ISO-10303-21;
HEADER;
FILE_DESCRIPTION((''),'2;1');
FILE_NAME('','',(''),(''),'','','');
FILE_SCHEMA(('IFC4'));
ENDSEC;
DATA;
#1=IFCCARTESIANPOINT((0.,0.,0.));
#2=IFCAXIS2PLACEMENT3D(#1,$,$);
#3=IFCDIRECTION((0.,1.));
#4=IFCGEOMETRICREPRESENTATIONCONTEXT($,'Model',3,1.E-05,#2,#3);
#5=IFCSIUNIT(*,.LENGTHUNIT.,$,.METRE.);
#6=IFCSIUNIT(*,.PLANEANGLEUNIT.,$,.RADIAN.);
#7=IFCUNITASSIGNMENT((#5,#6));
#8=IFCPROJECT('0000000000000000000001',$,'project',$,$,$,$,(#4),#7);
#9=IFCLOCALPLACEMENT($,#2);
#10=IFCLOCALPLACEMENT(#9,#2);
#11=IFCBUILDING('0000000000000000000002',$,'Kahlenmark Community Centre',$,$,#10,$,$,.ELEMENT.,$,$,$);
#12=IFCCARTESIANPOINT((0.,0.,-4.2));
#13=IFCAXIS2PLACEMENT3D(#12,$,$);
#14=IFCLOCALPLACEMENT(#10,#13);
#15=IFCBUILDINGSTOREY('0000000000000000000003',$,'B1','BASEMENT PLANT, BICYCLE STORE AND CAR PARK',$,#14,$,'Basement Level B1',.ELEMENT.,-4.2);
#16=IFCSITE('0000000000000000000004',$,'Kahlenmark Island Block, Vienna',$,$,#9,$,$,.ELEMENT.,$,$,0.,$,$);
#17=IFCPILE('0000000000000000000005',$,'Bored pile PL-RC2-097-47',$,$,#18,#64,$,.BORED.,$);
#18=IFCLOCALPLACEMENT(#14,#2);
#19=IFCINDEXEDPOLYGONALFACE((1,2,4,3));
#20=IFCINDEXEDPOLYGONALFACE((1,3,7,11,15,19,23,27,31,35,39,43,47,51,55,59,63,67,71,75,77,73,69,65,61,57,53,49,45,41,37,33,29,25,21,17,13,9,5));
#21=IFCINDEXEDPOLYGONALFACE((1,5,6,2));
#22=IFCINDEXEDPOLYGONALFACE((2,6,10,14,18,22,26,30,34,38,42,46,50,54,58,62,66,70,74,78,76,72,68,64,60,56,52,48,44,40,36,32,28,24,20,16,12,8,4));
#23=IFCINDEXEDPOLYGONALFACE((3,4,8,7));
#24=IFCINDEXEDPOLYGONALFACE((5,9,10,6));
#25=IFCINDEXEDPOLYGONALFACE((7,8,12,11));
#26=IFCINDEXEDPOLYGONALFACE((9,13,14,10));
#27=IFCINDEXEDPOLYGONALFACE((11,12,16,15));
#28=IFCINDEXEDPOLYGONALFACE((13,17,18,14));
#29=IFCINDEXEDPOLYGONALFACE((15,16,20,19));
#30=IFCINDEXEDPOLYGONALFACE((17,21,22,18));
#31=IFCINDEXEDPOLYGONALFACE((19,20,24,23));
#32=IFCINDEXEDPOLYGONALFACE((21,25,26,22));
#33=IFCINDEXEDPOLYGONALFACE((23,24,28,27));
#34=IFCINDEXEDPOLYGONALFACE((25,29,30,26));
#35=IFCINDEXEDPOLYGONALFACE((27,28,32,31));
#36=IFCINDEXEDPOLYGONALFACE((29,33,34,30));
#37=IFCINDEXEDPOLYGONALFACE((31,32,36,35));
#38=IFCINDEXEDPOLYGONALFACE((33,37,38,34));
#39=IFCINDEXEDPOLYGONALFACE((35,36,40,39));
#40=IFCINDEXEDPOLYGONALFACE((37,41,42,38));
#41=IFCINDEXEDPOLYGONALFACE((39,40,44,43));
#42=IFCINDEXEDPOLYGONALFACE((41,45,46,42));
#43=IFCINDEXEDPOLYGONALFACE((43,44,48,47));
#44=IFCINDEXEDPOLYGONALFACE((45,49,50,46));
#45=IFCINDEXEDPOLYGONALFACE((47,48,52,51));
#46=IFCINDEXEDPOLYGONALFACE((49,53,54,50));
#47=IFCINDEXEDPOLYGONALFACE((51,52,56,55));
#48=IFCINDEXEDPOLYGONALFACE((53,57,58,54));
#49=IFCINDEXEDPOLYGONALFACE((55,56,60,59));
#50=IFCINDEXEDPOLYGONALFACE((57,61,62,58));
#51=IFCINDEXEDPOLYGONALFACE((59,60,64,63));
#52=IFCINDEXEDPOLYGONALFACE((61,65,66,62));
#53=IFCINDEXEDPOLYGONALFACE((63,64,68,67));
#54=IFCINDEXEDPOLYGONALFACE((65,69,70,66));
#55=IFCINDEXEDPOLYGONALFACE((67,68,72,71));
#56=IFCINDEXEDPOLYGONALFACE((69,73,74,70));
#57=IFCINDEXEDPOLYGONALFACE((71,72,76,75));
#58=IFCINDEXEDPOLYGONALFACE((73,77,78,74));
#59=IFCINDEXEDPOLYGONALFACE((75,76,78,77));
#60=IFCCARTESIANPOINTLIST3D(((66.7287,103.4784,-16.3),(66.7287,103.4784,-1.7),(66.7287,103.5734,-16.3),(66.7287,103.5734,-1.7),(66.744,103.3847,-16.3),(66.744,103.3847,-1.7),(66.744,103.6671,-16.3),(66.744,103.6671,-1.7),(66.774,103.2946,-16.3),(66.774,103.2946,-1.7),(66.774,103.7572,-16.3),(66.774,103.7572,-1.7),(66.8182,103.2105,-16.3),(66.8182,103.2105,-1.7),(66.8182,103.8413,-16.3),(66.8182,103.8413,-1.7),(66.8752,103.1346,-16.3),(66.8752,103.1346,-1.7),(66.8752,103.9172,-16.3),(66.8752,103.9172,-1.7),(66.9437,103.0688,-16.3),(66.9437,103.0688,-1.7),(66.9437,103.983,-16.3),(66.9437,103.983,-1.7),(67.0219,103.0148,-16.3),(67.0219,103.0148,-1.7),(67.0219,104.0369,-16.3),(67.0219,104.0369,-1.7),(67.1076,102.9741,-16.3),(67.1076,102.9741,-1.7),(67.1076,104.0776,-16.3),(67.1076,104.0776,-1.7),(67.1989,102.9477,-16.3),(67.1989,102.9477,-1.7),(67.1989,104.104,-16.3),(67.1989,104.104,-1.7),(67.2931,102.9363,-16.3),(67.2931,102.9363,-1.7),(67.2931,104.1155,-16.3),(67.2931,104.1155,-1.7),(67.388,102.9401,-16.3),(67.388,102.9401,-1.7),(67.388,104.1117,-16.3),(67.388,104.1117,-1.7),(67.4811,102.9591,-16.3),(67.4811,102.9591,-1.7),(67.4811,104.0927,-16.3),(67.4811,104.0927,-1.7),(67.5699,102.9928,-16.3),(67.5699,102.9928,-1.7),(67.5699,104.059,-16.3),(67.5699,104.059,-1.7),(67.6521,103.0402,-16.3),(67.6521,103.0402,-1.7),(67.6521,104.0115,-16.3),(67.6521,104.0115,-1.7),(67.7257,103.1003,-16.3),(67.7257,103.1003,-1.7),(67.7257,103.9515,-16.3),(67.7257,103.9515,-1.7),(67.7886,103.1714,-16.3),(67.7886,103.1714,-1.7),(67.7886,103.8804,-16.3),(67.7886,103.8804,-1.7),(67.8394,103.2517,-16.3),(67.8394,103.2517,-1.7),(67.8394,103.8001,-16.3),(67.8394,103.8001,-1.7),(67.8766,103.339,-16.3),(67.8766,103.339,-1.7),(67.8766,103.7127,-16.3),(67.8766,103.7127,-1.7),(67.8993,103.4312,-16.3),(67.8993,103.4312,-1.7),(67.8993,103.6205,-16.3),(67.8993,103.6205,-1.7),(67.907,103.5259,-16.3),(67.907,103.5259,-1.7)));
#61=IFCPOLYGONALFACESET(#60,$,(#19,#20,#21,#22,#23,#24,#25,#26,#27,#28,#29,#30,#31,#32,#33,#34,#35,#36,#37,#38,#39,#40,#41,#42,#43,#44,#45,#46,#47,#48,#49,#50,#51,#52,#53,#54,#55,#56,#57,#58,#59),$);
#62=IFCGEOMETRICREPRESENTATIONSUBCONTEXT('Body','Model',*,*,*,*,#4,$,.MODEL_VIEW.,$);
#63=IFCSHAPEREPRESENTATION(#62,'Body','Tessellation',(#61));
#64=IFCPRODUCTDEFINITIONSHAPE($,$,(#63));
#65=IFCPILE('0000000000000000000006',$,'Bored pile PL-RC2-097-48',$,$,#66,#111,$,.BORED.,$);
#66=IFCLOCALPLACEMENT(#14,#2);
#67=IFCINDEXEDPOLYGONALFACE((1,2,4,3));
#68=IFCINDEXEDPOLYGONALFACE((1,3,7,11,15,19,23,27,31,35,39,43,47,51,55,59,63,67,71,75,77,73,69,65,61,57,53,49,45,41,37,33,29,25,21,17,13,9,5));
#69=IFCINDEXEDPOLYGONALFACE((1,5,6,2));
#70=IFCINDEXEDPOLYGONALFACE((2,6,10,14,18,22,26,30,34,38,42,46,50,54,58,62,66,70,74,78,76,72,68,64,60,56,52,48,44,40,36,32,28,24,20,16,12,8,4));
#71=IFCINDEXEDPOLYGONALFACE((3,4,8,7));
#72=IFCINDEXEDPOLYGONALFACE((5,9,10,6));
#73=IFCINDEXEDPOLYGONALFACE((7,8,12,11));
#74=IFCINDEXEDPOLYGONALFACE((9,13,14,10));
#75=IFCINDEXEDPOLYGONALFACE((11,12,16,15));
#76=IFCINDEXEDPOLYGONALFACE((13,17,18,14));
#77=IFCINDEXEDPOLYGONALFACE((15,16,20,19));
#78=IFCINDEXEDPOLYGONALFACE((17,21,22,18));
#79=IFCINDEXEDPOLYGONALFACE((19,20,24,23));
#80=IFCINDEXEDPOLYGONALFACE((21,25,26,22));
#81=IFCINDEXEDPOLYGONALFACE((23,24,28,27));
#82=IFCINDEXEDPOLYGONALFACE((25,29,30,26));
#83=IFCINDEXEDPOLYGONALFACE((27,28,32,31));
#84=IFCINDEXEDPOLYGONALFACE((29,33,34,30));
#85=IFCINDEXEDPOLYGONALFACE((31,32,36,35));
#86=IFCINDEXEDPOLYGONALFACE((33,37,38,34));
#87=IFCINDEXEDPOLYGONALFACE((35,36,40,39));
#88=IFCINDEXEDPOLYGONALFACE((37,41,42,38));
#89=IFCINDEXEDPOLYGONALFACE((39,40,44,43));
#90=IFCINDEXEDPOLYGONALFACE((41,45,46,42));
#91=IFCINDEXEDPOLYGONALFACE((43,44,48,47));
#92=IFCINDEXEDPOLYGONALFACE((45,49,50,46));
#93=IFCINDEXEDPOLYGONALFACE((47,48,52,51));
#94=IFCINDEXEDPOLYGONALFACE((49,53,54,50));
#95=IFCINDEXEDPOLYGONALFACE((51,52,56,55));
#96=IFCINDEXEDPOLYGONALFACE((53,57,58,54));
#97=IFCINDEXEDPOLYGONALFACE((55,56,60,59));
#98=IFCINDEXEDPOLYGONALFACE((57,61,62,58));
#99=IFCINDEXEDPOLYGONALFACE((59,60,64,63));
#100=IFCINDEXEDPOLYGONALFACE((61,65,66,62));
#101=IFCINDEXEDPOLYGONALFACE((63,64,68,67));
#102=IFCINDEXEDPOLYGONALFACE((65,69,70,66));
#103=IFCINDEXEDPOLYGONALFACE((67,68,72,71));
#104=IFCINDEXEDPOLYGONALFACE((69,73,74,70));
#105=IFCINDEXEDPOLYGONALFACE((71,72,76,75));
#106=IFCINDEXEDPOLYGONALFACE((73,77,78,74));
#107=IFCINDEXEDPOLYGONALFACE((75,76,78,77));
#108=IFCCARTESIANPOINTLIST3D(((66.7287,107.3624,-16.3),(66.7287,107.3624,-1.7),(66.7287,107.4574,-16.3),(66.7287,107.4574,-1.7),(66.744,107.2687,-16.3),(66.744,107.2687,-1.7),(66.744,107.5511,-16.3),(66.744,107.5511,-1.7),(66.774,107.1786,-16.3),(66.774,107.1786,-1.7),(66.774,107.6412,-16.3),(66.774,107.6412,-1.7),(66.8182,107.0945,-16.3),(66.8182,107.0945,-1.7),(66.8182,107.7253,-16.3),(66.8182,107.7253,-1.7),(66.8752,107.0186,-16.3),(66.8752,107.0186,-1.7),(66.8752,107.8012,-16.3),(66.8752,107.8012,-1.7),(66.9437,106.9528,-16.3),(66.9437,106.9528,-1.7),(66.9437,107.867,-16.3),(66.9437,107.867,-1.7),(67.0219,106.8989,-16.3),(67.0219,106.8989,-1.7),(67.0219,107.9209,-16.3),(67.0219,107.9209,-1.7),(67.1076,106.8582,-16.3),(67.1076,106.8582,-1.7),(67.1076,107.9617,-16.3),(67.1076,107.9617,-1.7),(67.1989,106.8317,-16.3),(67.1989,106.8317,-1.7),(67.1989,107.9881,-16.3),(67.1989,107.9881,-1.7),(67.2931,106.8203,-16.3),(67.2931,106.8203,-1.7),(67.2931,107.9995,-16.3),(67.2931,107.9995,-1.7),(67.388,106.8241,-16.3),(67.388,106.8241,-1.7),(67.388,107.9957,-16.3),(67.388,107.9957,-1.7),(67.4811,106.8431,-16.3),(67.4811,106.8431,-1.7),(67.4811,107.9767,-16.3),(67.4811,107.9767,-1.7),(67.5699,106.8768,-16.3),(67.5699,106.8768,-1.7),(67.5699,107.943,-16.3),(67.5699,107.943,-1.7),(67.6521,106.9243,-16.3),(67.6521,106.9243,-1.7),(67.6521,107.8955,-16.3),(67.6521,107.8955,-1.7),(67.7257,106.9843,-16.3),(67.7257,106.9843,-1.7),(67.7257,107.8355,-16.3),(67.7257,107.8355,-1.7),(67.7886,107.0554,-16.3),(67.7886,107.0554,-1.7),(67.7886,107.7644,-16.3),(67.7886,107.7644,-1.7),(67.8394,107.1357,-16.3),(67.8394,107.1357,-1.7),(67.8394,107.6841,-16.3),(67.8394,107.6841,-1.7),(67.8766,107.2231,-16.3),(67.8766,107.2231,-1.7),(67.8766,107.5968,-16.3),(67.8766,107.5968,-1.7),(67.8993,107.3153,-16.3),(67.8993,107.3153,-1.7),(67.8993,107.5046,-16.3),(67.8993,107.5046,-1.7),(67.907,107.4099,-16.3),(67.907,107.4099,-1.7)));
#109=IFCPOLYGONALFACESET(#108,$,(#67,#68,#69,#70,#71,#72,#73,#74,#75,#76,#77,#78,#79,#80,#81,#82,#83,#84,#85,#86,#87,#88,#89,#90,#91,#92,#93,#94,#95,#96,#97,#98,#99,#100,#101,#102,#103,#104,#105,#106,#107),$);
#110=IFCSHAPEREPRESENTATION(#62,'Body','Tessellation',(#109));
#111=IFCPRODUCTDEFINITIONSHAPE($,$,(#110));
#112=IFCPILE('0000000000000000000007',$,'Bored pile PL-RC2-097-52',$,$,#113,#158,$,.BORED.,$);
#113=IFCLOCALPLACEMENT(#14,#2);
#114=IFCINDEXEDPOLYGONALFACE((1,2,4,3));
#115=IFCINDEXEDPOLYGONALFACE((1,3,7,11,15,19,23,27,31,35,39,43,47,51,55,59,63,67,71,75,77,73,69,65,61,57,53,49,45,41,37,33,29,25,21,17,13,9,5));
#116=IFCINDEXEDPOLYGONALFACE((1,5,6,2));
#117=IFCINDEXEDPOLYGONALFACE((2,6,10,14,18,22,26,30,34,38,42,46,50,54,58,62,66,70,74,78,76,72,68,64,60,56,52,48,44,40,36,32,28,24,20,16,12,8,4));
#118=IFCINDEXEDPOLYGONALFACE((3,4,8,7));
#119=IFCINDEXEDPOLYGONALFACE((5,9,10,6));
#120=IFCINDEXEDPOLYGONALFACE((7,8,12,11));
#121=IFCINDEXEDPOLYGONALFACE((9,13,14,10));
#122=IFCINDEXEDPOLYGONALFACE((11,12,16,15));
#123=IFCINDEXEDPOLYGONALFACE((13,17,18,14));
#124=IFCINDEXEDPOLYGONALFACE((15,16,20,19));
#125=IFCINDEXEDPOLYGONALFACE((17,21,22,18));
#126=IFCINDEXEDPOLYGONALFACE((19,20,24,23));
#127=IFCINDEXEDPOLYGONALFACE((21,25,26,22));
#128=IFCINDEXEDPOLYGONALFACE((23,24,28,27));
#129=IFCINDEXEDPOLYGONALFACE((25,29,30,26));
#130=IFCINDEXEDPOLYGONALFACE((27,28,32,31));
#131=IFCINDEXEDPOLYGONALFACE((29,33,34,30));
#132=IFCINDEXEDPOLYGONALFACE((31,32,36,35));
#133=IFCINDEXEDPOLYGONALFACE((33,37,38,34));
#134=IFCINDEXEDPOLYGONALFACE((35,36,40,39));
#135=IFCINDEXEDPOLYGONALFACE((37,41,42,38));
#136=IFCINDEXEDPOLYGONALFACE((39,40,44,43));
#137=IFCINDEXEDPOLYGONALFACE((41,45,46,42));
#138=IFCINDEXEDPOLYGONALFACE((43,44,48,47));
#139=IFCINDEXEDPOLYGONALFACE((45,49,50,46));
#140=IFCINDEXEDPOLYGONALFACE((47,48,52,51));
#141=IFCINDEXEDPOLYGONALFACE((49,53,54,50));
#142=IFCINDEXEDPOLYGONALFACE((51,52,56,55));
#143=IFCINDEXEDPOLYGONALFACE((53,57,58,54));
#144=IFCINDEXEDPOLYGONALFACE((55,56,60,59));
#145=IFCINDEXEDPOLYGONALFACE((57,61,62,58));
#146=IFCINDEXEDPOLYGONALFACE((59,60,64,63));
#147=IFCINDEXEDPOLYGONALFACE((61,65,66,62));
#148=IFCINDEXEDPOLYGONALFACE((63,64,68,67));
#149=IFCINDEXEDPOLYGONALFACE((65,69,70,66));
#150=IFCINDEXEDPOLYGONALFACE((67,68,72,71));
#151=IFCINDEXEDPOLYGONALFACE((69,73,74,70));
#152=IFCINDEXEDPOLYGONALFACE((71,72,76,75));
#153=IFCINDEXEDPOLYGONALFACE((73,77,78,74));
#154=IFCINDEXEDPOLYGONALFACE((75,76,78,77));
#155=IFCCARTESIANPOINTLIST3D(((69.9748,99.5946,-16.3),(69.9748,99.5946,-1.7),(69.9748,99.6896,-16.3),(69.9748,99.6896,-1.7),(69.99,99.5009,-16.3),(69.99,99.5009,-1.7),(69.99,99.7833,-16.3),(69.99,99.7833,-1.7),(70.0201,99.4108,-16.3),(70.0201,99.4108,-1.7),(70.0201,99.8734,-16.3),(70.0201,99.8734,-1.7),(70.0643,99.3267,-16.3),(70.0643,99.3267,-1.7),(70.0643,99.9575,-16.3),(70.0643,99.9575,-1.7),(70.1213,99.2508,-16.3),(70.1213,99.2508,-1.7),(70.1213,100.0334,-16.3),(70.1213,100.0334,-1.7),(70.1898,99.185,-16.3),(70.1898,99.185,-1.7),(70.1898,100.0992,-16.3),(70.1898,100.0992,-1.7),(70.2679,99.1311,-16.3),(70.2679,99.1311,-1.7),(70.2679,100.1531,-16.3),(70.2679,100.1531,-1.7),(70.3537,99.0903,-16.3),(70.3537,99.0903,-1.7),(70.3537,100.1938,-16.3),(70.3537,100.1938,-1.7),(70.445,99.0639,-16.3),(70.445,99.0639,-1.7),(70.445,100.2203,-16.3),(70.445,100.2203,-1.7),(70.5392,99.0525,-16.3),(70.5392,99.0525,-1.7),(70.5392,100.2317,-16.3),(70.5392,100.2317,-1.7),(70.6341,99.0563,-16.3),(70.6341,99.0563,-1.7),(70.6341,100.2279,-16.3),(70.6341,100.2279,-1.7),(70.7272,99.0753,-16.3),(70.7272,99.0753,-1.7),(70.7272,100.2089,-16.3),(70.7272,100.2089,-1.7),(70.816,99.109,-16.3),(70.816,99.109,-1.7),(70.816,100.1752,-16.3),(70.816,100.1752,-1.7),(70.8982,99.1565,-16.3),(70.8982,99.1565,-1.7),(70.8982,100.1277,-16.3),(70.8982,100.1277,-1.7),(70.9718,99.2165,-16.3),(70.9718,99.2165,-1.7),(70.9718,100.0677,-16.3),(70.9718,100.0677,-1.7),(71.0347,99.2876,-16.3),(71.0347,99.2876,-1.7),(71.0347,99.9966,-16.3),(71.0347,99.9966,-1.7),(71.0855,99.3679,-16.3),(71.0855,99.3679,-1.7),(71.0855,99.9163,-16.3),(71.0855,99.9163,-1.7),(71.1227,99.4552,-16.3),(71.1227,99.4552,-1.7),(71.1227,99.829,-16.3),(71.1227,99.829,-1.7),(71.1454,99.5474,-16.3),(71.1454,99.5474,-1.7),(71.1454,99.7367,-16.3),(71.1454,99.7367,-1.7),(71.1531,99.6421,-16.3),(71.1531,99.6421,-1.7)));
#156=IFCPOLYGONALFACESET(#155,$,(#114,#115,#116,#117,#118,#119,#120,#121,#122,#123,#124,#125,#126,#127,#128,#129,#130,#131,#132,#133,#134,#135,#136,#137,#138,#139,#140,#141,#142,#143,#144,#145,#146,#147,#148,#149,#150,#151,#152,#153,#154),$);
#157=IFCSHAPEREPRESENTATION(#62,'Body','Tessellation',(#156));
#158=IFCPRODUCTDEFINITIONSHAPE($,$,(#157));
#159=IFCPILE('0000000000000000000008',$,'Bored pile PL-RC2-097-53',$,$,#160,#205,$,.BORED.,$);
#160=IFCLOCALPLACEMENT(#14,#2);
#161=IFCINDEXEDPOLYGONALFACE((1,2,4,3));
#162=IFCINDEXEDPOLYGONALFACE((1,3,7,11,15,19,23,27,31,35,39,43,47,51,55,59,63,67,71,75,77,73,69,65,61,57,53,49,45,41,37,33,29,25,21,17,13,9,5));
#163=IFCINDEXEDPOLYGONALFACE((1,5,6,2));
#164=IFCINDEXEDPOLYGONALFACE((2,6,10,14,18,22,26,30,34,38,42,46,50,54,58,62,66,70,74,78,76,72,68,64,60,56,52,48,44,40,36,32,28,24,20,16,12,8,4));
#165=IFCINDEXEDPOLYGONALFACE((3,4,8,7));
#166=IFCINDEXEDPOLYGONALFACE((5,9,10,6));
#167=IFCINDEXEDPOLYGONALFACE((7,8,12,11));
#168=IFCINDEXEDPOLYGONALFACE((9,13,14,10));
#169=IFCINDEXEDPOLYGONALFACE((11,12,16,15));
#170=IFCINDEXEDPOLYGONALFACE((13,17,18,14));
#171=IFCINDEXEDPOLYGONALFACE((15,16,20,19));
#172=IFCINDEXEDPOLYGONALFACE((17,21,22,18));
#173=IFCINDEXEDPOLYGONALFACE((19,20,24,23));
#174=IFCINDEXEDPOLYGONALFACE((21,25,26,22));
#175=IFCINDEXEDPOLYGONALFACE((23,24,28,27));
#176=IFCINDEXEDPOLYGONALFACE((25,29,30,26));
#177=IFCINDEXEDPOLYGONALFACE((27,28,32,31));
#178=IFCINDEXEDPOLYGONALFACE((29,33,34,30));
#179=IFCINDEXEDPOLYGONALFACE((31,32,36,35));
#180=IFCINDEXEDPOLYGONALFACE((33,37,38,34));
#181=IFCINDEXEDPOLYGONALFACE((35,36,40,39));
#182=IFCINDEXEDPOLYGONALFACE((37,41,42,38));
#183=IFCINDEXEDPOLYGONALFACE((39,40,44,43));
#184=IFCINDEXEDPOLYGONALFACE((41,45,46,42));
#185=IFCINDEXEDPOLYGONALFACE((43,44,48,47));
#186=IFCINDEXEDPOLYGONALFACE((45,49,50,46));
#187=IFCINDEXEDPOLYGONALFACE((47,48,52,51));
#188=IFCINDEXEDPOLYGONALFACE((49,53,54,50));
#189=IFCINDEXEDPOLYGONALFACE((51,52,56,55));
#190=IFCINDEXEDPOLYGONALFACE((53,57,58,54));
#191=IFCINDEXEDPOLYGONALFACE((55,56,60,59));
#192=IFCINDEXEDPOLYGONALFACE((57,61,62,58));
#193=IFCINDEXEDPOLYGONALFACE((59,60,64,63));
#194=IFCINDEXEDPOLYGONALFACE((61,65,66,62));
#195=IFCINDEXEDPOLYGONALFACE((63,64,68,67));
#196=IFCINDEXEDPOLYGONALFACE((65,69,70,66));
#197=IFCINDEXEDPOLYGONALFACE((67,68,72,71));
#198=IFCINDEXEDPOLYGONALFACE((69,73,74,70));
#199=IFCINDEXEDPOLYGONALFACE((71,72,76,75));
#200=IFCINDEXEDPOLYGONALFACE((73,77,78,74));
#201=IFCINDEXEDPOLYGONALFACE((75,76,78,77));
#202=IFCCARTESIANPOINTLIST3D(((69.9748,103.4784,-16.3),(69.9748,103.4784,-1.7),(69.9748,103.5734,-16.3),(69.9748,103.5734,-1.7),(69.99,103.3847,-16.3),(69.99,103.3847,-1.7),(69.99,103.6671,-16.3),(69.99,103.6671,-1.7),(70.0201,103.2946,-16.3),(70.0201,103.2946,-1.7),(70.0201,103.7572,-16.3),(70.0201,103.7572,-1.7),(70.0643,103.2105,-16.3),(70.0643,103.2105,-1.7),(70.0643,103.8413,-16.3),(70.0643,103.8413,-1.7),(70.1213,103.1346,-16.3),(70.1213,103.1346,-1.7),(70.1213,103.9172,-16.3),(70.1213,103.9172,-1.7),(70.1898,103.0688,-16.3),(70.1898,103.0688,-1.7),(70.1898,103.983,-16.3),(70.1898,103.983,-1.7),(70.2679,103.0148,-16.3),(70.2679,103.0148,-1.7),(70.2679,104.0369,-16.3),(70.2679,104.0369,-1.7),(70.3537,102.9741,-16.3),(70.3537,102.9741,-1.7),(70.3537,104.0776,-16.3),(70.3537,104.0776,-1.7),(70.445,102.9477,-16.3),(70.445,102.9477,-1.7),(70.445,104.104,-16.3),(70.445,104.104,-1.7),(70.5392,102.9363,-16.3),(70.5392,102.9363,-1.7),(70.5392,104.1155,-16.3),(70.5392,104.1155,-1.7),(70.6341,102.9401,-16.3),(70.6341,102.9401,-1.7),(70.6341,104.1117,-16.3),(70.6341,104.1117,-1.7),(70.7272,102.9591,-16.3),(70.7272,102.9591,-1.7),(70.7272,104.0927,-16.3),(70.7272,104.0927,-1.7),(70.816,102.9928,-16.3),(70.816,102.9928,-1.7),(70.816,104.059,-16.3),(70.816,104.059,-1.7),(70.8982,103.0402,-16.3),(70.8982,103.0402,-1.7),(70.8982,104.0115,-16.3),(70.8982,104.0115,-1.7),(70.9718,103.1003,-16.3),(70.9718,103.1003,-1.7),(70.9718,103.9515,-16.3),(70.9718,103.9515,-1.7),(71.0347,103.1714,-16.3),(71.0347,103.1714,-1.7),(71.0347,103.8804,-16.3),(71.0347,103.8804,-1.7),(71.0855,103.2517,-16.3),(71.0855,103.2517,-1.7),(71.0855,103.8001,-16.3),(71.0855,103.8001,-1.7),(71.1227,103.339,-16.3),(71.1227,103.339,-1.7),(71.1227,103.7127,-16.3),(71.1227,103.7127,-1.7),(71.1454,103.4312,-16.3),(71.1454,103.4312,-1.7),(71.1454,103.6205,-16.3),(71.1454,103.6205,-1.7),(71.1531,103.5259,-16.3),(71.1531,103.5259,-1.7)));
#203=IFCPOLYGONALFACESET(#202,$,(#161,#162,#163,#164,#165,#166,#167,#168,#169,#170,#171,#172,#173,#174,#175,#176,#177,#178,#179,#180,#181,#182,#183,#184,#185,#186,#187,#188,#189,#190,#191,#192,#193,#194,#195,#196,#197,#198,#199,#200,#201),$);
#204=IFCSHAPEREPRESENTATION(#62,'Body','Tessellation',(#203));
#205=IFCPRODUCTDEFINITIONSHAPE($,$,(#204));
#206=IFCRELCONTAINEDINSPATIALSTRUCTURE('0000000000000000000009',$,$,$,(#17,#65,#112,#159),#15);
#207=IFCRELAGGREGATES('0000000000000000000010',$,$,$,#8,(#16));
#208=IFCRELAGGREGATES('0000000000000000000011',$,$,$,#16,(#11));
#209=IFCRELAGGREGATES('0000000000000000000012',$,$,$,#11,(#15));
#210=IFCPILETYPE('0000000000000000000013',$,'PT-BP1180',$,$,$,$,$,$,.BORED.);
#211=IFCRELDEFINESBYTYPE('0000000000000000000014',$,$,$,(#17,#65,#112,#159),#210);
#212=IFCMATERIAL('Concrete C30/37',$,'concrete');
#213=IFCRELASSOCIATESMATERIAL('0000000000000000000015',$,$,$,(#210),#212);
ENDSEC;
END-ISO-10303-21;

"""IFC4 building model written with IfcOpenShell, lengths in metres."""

from ifc_helpers import new_model, si_unit, direction, frame, origin, origin_2d, place, context, subcontext, project, spatial, circle, extrude, material, material_profile, profile_set, type_object, element, save


model = new_model("IFC4")

# Units and contexts
model_context = context("Model", 3, precision=1e-05, world=origin(), true_north=direction((0.0, 1.0)))
body_context = subcontext(model_context, "Body", "Model", "MODEL_VIEW")
ifc_project = project(units=[si_unit("LENGTHUNIT", "METRE"), si_unit("PLANEANGLEUNIT", "RADIAN")], contexts=[model_context])

# Site, building, storey
site_placement = place(None, origin())
site = spatial("IfcSite", under=ifc_project, at=site_placement, Name="Kahlenmark Island Block, Vienna", CompositionType="ELEMENT", RefElevation=0.0)
building_placement = place(site_placement, origin())
building = spatial("IfcBuilding", under=site, at=building_placement, Name="Kahlenmark Community Centre", CompositionType="ELEMENT")
storey_placement = place(building_placement, frame((0.0, 0.0, -4.2)))
storey = spatial("IfcBuildingStorey", under=building, at=storey_placement, Name="B1", Description="BASEMENT PLANT, BICYCLE STORE AND CAR PARK", LongName="Basement Level B1", CompositionType="ELEMENT", Elevation=-4.2)

# Piles
ifc_material_1 = material(Name="Concrete C30/37", Category="concrete")
ifc_material_profile_1 = material_profile(ifc_material_1, circle(Radius=0.5901, at=origin_2d()), Name="BORED PILE 1180")
ifc_profile_set_1 = profile_set([ifc_material_profile_1], Name="Concrete C30/37")
pile_type = type_object("IfcPileType", Name="PT-BP1180", PredefinedType="BORED", material=ifc_profile_set_1)
for number, where, z_axis, x_axis, name in (
    (1, (67.3169, 103.5259, -1.7), (0.0, 0.0, -1.0), (1.0, 0.0, 0.0), "Bored pile PL-RC2-097-47"),
    (2, (67.3169, 107.4099, -1.7), (0.0, 0.0, -1.0), (1.0, 0.0, 0.0), "Bored pile PL-RC2-097-48"),
    (3, (70.563, 99.6421, -1.7), (0.0, 0.0, -1.0), (1.0, 0.0, 0.0), "Bored pile PL-RC2-097-52"),
    (4, (70.563, 103.5259, -1.7), (0.0, 0.0, -1.0), (1.0, 0.0, 0.0), "Bored pile PL-RC2-097-53"),
):
    element("IfcPile", number, at=place(storey_placement, frame(where, z_axis=z_axis, x_axis=x_axis)), inside=storey, type_object=pile_type, Name=name, PredefinedType="BORED", context=body_context, shape_type="SweptSolid", body=[
        extrude(circle(Radius=0.5901, at=origin_2d()), origin(), (0.0, 0.0, 1.0), 14.6001),
    ])

save(model, "model.ifc")
